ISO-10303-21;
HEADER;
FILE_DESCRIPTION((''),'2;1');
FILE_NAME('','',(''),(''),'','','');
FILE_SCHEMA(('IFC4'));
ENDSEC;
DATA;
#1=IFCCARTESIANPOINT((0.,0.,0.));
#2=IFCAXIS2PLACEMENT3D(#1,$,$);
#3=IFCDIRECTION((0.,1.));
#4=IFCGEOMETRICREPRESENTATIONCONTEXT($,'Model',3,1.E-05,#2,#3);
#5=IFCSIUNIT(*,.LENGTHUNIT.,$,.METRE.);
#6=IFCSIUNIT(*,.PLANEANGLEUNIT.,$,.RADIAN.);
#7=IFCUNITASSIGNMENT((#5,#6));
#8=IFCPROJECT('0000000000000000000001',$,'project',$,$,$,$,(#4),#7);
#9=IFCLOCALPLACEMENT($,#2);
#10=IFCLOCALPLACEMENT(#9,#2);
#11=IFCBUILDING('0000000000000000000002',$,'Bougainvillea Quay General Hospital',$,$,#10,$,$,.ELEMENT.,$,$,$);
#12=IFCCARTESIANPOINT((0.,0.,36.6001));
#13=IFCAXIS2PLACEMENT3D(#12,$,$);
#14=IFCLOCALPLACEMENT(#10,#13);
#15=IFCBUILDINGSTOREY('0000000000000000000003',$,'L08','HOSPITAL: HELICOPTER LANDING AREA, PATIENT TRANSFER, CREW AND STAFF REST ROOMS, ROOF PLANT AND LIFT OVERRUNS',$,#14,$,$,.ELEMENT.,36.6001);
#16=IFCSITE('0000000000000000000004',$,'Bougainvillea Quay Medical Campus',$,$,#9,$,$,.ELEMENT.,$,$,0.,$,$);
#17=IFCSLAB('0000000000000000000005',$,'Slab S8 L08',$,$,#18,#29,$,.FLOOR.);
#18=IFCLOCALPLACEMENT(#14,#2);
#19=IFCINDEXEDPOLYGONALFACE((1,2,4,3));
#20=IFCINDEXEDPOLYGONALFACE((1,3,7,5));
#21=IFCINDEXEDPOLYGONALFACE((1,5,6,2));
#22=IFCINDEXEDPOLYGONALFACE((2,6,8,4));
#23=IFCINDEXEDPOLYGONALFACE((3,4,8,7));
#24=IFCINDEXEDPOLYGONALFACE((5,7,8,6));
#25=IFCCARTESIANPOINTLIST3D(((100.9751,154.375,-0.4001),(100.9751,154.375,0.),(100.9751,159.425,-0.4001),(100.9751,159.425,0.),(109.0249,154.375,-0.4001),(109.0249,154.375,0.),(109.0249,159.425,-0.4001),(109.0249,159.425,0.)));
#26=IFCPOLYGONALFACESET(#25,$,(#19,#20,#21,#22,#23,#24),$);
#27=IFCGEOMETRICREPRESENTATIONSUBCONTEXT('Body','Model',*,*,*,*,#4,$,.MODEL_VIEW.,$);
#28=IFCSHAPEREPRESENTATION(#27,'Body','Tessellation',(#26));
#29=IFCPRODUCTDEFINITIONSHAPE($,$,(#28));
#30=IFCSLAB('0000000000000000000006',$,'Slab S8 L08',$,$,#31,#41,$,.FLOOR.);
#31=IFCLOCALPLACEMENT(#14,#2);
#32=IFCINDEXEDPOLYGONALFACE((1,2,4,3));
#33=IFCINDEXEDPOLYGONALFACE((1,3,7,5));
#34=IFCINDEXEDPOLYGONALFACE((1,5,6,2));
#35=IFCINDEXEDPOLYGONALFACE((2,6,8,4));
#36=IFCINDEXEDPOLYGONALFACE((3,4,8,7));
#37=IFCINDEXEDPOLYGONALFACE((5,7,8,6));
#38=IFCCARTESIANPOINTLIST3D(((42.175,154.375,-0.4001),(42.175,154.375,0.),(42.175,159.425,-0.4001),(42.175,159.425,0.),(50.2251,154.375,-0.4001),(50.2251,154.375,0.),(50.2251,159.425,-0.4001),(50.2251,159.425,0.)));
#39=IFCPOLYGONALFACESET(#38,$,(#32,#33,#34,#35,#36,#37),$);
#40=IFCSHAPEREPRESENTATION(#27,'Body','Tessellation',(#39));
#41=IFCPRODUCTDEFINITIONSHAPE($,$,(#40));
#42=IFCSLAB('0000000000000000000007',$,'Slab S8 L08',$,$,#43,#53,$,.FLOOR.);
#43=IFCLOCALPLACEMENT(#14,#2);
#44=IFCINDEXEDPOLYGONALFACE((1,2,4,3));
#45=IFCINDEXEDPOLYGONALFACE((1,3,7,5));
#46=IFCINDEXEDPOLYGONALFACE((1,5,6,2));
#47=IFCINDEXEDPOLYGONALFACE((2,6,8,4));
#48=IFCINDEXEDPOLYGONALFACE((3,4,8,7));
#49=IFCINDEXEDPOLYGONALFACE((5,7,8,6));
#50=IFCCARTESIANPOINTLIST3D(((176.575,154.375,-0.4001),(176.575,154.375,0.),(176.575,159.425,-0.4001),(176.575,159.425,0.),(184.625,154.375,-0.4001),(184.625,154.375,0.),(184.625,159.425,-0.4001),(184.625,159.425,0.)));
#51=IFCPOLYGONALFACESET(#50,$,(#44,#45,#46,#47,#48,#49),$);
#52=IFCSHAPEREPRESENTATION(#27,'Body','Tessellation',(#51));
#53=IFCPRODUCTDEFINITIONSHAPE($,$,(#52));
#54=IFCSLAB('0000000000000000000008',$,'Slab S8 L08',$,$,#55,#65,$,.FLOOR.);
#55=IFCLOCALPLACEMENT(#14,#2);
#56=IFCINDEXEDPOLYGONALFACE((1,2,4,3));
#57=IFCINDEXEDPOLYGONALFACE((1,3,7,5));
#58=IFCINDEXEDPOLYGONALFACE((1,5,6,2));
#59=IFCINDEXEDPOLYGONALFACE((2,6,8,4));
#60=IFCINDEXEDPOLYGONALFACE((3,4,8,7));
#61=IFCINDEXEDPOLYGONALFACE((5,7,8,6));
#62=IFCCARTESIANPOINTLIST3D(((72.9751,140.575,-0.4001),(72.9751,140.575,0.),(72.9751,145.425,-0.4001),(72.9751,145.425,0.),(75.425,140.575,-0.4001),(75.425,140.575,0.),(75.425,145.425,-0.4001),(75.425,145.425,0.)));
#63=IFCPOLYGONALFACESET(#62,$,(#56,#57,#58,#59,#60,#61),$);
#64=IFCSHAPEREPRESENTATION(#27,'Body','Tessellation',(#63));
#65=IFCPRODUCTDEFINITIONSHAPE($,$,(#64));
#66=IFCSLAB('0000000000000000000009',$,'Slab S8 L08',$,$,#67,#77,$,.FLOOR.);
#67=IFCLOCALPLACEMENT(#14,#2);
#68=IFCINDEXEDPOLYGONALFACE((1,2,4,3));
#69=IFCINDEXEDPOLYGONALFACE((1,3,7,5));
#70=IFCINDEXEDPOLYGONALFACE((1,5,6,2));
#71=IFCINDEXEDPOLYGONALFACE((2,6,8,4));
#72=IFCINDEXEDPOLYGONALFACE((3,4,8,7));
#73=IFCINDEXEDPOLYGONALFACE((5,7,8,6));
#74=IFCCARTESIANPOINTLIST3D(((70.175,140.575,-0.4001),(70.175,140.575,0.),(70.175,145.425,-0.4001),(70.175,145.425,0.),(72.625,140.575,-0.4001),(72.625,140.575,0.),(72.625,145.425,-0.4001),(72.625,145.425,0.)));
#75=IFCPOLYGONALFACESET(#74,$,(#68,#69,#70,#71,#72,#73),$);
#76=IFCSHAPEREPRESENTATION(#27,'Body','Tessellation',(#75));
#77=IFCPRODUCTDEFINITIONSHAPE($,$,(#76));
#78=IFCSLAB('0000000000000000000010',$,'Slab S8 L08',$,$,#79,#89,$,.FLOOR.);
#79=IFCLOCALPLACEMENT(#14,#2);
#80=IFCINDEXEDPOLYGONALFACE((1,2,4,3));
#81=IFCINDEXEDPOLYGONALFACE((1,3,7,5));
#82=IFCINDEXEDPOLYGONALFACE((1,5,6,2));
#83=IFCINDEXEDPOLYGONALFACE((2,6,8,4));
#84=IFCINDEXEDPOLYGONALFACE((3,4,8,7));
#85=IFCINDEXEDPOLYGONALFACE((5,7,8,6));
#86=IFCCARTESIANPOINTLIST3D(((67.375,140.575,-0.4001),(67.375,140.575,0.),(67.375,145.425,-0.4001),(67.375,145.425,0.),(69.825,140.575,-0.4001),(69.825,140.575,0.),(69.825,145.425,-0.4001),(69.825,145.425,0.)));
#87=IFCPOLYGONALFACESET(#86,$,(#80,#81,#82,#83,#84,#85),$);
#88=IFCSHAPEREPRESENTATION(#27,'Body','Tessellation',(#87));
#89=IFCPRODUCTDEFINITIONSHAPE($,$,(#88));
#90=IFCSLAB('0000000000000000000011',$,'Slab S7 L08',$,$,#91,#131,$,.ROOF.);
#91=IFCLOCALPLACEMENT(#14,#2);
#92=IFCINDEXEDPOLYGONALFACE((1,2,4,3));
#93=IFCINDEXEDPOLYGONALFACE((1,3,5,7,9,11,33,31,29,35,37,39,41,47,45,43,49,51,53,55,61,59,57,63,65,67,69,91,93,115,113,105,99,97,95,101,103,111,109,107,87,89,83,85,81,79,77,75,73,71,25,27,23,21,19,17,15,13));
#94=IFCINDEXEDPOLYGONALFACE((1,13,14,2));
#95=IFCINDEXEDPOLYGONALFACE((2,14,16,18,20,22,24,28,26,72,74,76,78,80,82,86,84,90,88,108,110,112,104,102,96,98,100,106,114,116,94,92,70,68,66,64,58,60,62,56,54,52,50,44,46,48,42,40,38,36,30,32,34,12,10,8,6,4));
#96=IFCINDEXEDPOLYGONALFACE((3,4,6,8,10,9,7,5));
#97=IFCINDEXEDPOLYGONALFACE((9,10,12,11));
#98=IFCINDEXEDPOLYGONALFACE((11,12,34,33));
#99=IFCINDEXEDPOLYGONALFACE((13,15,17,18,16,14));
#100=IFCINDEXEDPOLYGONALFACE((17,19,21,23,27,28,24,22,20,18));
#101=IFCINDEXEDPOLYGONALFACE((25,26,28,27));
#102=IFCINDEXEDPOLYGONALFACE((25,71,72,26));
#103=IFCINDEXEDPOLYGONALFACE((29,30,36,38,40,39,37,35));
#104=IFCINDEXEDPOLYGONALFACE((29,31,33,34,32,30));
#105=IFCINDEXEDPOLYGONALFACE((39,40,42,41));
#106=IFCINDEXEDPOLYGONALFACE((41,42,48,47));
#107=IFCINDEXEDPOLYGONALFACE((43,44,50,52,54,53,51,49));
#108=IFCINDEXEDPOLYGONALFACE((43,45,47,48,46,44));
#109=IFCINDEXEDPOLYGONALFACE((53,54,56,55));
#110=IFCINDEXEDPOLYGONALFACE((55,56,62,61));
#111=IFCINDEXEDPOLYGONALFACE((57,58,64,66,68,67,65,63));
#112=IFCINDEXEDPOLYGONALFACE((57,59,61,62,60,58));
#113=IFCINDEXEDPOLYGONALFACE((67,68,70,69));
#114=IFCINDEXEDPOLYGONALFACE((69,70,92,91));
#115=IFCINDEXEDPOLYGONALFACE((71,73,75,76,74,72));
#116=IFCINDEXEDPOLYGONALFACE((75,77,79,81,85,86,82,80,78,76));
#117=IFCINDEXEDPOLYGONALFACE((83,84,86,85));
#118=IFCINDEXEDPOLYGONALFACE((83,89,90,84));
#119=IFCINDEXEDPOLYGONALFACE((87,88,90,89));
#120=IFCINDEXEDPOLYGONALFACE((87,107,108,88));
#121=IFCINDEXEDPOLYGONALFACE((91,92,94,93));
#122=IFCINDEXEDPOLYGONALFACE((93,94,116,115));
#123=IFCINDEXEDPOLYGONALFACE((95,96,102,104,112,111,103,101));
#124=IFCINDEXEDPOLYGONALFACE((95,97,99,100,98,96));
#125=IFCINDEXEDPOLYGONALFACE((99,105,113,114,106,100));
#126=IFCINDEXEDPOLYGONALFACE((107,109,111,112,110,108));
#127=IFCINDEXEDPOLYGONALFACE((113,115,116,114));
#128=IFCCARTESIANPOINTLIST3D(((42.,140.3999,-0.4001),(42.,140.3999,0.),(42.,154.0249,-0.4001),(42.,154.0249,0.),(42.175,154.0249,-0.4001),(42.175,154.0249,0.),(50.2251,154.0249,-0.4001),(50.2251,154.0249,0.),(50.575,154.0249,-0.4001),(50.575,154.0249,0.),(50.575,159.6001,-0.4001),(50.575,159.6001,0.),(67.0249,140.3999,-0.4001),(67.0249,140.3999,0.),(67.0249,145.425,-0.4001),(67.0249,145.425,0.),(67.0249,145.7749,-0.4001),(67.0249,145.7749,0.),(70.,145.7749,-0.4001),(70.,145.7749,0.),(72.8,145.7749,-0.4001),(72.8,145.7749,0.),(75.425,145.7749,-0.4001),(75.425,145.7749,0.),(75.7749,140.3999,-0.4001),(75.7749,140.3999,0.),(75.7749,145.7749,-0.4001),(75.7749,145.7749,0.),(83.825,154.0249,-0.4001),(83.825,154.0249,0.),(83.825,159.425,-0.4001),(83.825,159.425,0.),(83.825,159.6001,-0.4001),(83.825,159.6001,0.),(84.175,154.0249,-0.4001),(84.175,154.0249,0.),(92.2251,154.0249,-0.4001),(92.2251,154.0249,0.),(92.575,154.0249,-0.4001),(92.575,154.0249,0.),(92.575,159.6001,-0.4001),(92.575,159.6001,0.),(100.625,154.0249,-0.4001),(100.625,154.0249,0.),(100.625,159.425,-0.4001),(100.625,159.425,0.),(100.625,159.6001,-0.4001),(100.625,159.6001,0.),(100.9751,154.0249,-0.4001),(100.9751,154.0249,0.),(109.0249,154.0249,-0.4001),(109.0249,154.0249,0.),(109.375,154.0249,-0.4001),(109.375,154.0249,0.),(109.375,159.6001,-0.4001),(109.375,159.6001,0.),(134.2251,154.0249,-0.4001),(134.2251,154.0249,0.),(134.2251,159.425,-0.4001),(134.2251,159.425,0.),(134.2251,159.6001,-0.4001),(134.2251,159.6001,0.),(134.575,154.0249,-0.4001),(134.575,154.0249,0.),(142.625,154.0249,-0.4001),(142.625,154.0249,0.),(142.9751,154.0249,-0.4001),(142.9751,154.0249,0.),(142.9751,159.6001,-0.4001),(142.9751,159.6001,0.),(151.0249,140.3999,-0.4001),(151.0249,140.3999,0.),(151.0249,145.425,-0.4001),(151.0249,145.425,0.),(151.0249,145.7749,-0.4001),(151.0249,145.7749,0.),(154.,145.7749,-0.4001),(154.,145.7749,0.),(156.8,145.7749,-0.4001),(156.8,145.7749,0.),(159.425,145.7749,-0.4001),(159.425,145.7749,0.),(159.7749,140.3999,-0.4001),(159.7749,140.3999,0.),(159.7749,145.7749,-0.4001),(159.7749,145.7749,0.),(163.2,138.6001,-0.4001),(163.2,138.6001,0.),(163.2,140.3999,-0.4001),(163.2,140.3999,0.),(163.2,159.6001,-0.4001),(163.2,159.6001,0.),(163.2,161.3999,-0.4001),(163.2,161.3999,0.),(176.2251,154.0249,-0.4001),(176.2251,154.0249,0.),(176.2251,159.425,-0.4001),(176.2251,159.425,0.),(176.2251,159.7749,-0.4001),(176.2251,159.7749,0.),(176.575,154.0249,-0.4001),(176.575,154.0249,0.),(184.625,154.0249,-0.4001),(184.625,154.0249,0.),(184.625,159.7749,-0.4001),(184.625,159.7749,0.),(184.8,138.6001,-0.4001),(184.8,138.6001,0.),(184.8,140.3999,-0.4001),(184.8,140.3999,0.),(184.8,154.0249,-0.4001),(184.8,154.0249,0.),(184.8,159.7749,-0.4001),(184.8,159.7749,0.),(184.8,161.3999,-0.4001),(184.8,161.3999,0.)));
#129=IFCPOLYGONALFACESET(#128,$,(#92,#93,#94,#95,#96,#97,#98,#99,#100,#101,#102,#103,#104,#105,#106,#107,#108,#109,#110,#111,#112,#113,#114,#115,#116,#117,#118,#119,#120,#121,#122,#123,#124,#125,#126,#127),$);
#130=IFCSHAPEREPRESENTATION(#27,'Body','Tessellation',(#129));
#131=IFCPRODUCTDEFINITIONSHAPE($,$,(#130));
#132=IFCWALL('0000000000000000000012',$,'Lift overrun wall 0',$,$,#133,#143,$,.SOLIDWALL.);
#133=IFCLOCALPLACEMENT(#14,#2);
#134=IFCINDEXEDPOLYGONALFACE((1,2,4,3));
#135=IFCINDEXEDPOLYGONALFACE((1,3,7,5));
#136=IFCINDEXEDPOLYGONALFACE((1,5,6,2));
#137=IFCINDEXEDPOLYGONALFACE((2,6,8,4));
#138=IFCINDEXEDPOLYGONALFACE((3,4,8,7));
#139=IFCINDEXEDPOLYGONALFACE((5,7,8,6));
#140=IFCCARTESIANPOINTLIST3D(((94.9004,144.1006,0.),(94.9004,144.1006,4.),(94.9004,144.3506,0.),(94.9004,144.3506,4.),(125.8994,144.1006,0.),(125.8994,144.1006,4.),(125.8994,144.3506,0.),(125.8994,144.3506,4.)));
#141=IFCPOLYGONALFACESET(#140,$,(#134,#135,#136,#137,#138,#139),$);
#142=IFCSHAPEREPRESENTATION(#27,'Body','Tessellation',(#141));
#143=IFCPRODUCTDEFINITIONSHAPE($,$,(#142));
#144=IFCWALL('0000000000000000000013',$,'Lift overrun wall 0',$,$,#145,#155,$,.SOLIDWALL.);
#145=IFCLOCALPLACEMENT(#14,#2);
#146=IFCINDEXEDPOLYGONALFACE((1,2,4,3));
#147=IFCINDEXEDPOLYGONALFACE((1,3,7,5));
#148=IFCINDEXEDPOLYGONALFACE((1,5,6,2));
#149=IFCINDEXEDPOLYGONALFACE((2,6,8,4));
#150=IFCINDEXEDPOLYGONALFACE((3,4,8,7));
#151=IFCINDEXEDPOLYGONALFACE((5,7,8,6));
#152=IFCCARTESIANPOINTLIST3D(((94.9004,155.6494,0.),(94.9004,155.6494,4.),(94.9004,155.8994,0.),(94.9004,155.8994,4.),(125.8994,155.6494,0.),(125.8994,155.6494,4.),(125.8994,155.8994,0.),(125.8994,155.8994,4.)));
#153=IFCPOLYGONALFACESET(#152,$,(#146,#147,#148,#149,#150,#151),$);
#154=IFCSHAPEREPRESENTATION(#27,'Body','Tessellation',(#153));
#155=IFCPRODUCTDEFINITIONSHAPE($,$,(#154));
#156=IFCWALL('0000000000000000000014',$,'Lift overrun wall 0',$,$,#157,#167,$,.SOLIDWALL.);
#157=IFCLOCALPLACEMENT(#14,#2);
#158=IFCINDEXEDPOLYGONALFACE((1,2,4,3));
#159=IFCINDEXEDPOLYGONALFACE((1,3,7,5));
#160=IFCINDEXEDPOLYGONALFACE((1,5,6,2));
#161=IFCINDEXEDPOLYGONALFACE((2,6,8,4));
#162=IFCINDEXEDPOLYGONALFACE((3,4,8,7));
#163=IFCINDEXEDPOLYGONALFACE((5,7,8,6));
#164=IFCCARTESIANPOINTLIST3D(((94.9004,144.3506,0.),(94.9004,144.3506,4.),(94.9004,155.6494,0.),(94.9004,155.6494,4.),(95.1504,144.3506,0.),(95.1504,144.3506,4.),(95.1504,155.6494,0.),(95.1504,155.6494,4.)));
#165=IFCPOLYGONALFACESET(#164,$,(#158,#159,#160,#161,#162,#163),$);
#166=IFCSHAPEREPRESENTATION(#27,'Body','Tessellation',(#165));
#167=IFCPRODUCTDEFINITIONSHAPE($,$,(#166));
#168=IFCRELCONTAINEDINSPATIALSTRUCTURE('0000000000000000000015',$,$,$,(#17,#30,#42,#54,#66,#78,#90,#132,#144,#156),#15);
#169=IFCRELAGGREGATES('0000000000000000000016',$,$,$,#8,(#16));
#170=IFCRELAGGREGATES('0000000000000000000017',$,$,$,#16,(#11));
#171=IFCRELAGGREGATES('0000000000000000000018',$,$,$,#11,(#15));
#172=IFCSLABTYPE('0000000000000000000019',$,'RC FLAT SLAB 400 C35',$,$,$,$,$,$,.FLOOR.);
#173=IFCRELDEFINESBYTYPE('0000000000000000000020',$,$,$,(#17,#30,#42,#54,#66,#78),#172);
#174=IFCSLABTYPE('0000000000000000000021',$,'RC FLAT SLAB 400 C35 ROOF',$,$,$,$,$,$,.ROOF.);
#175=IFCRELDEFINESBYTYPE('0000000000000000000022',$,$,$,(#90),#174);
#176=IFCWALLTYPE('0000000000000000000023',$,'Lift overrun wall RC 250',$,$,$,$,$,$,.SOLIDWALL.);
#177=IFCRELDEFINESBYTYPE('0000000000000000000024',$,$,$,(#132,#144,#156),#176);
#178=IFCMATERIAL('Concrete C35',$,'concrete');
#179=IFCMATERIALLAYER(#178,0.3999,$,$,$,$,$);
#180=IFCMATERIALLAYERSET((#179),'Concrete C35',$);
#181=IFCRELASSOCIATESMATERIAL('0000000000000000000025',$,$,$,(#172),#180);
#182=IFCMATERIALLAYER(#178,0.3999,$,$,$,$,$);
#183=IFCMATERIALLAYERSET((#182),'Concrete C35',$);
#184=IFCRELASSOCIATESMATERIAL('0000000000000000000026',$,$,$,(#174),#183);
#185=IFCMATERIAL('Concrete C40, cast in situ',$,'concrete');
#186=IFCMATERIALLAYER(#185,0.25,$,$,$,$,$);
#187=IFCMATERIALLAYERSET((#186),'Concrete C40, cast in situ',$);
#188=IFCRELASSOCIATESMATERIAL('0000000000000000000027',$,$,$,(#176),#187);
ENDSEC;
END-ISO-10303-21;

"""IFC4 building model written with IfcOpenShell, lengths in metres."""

from ifc_helpers import new_model, si_unit, direction, frame, origin, place, context, subcontext, project, spatial, polyline, outline, extrude, material, layer, layer_set, type_object, element, save


model = new_model("IFC4")

# Units and contexts
model_context = context("Model", 3, precision=1e-05, world=origin(), true_north=direction((0.0, 1.0)))
body_context = subcontext(model_context, "Body", "Model", "MODEL_VIEW")
ifc_project = project(units=[si_unit("LENGTHUNIT", "METRE"), si_unit("PLANEANGLEUNIT", "RADIAN")], contexts=[model_context])

# Site, building, storey
site_placement = place(None, origin())
site = spatial("IfcSite", under=ifc_project, at=site_placement, Name="Bougainvillea Quay Medical Campus", CompositionType="ELEMENT", RefElevation=0.0)
building_placement = place(site_placement, origin())
building = spatial("IfcBuilding", under=site, at=building_placement, Name="Bougainvillea Quay General Hospital", CompositionType="ELEMENT")
storey_placement = place(building_placement, frame((0.0, 0.0, 36.6001)))
storey = spatial("IfcBuildingStorey", under=building, at=storey_placement, Name="L08", Description="HOSPITAL: HELICOPTER LANDING AREA, PATIENT TRANSFER, CREW AND STAFF REST ROOMS, ROOF PLANT AND LIFT OVERRUNS", CompositionType="ELEMENT", Elevation=36.6001)

# Slabs
ifc_material_1 = material(Name="Concrete C35", Category="concrete")
ifc_layer_1 = layer(ifc_material_1, 0.3999)
ifc_layer_set_1 = layer_set([ifc_layer_1], Name="Concrete C35")
slab_type_1 = type_object("IfcSlabType", Name="RC FLAT SLAB 400 C35", PredefinedType="FLOOR", material=ifc_layer_set_1)
slab_1_placement = place(storey_placement, frame((0.0, 0.0, -0.4001)))
element("IfcSlab", 1, at=slab_1_placement, inside=storey, type_object=slab_type_1, Name="Slab S8 L08", PredefinedType="FLOOR", context=body_context, shape_type="SweptSolid", body=[
    extrude(outline(polyline([(109.0249, 154.375), (109.0249, 159.425), (100.9751, 159.425), (100.9751, 154.375), (109.0249, 154.375)])), origin(), (0.0, 0.0, 1.0), 0.4001),
])
slab_2_placement = place(storey_placement, frame((0.0, 0.0, -0.4001)))
element("IfcSlab", 2, at=slab_2_placement, inside=storey, type_object=slab_type_1, Name="Slab S8 L08", PredefinedType="FLOOR", context=body_context, shape_type="SweptSolid", body=[
    extrude(outline(polyline([(50.2251, 154.375), (50.2251, 159.425), (42.175, 159.425), (42.175, 154.375), (50.2251, 154.375)])), origin(), (0.0, 0.0, 1.0), 0.4001),
])
slab_3_placement = place(storey_placement, frame((0.0, 0.0, -0.4001)))
element("IfcSlab", 3, at=slab_3_placement, inside=storey, type_object=slab_type_1, Name="Slab S8 L08", PredefinedType="FLOOR", context=body_context, shape_type="SweptSolid", body=[
    extrude(outline(polyline([(184.625, 154.375), (184.625, 159.425), (176.575, 159.425), (176.575, 154.375), (184.625, 154.375)])), origin(), (0.0, 0.0, 1.0), 0.4001),
])
slab_4_placement = place(storey_placement, frame((0.0, 0.0, -0.4001)))
element("IfcSlab", 4, at=slab_4_placement, inside=storey, type_object=slab_type_1, Name="Slab S8 L08", PredefinedType="FLOOR", context=body_context, shape_type="SweptSolid", body=[
    extrude(outline(polyline([(72.9751, 140.575), (75.425, 140.575), (75.425, 145.425), (72.9751, 145.425), (72.9751, 140.575)])), origin(), (0.0, 0.0, 1.0), 0.4001),
])
slab_5_placement = place(storey_placement, frame((0.0, 0.0, -0.4001)))
element("IfcSlab", 5, at=slab_5_placement, inside=storey, type_object=slab_type_1, Name="Slab S8 L08", PredefinedType="FLOOR", context=body_context, shape_type="SweptSolid", body=[
    extrude(outline(polyline([(70.175, 145.425), (70.175, 140.575), (72.625, 140.575), (72.625, 145.425), (70.175, 145.425)])), origin(), (0.0, 0.0, 1.0), 0.4001),
])
slab_6_placement = place(storey_placement, frame((0.0, 0.0, -0.4001)))
element("IfcSlab", 6, at=slab_6_placement, inside=storey, type_object=slab_type_1, Name="Slab S8 L08", PredefinedType="FLOOR", context=body_context, shape_type="SweptSolid", body=[
    extrude(outline(polyline([(69.825, 140.575), (69.825, 145.425), (67.375, 145.425), (67.375, 140.575), (69.825, 140.575)])), origin(), (0.0, 0.0, 1.0), 0.4001),
])
ifc_layer_2 = layer(ifc_material_1, 0.3999)
ifc_layer_set_2 = layer_set([ifc_layer_2], Name="Concrete C35")
slab_type_2 = type_object("IfcSlabType", Name="RC FLAT SLAB 400 C35 ROOF", PredefinedType="ROOF", material=ifc_layer_set_2)
slab_7_placement = place(storey_placement, frame((0.0, 0.0, -0.4001)))
element("IfcSlab", 7, at=slab_7_placement, inside=storey, type_object=slab_type_2, Name="Slab S7 L08", PredefinedType="ROOF", context=body_context, shape_type="SweptSolid", body=[
    extrude(outline(polyline([(42.0, 154.0249), (42.0, 140.3999), (67.0249, 140.3999), (67.0249, 145.425), (67.0249, 145.7749), (70.0, 145.7749), (72.8, 145.7749), (75.425, 145.7749), (75.7749, 145.7749), (75.7749, 140.3999), (151.0249, 140.3999), (151.0249, 145.425), (151.0249, 145.7749), (154.0, 145.7749), (156.8, 145.7749), (159.425, 145.7749), (159.7749, 145.7749), (159.7749, 140.3999), (163.2, 140.3999), (163.2, 138.6001), (184.8, 138.6001), (184.8, 140.3999), (184.8, 154.0249), (184.625, 154.0249), (176.575, 154.0249), (176.2251, 154.0249), (176.2251, 159.425), (176.2251, 159.7749), (184.625, 159.7749), (184.8, 159.7749), (184.8, 161.3999), (163.2, 161.3999), (163.2, 159.6001), (142.9751, 159.6001), (142.9751, 154.0249), (142.625, 154.0249), (134.575, 154.0249), (134.2251, 154.0249), (134.2251, 159.425), (134.2251, 159.6001), (109.375, 159.6001), (109.375, 154.0249), (109.0249, 154.0249), (100.9751, 154.0249), (100.625, 154.0249), (100.625, 159.425), (100.625, 159.6001), (92.575, 159.6001), (92.575, 154.0249), (92.2251, 154.0249), (84.175, 154.0249), (83.825, 154.0249), (83.825, 159.425), (83.825, 159.6001), (50.575, 159.6001), (50.575, 154.0249), (50.2251, 154.0249), (42.175, 154.0249), (42.0, 154.0249)])), origin(), (0.0, 0.0, 1.0), 0.4001),
])

# Walls
ifc_material_2 = material(Name="Concrete C40, cast in situ", Category="concrete")
ifc_layer_3 = layer(ifc_material_2, 0.25)
ifc_layer_set_3 = layer_set([ifc_layer_3], Name="Concrete C40, cast in situ")
wall_type_1 = type_object("IfcWallType", Name="Lift overrun wall RC 250", PredefinedType="SOLIDWALL", material=ifc_layer_set_3)
wall_1_placement = place(storey_placement, origin())
element("IfcWall", 8, at=wall_1_placement, inside=storey, type_object=wall_type_1, Name="Lift overrun wall 0", PredefinedType="SOLIDWALL", context=body_context, shape_type="SweptSolid", body=[
    extrude(outline(polyline([(94.9004, 144.1006), (125.8994, 144.1006), (125.8994, 144.3506), (94.9004, 144.3506), (94.9004, 144.1006)])), origin(), (0.0, 0.0, 1.0), 4.0),
])
wall_2_placement = place(storey_placement, origin())
element("IfcWall", 9, at=wall_2_placement, inside=storey, type_object=wall_type_1, Name="Lift overrun wall 0", PredefinedType="SOLIDWALL", context=body_context, shape_type="SweptSolid", body=[
    extrude(outline(polyline([(94.9004, 155.6494), (125.8994, 155.6494), (125.8994, 155.8994), (94.9004, 155.8994), (94.9004, 155.6494)])), origin(), (0.0, 0.0, 1.0), 4.0),
])
wall_3_placement = place(storey_placement, origin())
element("IfcWall", 10, at=wall_3_placement, inside=storey, type_object=wall_type_1, Name="Lift overrun wall 0", PredefinedType="SOLIDWALL", context=body_context, shape_type="SweptSolid", body=[
    extrude(outline(polyline([(94.9004, 144.3506), (95.1504, 144.3506), (95.1504, 155.6494), (94.9004, 155.6494), (94.9004, 144.3506)])), origin(), (0.0, 0.0, 1.0), 4.0),
])

save(model, "model.ifc")
